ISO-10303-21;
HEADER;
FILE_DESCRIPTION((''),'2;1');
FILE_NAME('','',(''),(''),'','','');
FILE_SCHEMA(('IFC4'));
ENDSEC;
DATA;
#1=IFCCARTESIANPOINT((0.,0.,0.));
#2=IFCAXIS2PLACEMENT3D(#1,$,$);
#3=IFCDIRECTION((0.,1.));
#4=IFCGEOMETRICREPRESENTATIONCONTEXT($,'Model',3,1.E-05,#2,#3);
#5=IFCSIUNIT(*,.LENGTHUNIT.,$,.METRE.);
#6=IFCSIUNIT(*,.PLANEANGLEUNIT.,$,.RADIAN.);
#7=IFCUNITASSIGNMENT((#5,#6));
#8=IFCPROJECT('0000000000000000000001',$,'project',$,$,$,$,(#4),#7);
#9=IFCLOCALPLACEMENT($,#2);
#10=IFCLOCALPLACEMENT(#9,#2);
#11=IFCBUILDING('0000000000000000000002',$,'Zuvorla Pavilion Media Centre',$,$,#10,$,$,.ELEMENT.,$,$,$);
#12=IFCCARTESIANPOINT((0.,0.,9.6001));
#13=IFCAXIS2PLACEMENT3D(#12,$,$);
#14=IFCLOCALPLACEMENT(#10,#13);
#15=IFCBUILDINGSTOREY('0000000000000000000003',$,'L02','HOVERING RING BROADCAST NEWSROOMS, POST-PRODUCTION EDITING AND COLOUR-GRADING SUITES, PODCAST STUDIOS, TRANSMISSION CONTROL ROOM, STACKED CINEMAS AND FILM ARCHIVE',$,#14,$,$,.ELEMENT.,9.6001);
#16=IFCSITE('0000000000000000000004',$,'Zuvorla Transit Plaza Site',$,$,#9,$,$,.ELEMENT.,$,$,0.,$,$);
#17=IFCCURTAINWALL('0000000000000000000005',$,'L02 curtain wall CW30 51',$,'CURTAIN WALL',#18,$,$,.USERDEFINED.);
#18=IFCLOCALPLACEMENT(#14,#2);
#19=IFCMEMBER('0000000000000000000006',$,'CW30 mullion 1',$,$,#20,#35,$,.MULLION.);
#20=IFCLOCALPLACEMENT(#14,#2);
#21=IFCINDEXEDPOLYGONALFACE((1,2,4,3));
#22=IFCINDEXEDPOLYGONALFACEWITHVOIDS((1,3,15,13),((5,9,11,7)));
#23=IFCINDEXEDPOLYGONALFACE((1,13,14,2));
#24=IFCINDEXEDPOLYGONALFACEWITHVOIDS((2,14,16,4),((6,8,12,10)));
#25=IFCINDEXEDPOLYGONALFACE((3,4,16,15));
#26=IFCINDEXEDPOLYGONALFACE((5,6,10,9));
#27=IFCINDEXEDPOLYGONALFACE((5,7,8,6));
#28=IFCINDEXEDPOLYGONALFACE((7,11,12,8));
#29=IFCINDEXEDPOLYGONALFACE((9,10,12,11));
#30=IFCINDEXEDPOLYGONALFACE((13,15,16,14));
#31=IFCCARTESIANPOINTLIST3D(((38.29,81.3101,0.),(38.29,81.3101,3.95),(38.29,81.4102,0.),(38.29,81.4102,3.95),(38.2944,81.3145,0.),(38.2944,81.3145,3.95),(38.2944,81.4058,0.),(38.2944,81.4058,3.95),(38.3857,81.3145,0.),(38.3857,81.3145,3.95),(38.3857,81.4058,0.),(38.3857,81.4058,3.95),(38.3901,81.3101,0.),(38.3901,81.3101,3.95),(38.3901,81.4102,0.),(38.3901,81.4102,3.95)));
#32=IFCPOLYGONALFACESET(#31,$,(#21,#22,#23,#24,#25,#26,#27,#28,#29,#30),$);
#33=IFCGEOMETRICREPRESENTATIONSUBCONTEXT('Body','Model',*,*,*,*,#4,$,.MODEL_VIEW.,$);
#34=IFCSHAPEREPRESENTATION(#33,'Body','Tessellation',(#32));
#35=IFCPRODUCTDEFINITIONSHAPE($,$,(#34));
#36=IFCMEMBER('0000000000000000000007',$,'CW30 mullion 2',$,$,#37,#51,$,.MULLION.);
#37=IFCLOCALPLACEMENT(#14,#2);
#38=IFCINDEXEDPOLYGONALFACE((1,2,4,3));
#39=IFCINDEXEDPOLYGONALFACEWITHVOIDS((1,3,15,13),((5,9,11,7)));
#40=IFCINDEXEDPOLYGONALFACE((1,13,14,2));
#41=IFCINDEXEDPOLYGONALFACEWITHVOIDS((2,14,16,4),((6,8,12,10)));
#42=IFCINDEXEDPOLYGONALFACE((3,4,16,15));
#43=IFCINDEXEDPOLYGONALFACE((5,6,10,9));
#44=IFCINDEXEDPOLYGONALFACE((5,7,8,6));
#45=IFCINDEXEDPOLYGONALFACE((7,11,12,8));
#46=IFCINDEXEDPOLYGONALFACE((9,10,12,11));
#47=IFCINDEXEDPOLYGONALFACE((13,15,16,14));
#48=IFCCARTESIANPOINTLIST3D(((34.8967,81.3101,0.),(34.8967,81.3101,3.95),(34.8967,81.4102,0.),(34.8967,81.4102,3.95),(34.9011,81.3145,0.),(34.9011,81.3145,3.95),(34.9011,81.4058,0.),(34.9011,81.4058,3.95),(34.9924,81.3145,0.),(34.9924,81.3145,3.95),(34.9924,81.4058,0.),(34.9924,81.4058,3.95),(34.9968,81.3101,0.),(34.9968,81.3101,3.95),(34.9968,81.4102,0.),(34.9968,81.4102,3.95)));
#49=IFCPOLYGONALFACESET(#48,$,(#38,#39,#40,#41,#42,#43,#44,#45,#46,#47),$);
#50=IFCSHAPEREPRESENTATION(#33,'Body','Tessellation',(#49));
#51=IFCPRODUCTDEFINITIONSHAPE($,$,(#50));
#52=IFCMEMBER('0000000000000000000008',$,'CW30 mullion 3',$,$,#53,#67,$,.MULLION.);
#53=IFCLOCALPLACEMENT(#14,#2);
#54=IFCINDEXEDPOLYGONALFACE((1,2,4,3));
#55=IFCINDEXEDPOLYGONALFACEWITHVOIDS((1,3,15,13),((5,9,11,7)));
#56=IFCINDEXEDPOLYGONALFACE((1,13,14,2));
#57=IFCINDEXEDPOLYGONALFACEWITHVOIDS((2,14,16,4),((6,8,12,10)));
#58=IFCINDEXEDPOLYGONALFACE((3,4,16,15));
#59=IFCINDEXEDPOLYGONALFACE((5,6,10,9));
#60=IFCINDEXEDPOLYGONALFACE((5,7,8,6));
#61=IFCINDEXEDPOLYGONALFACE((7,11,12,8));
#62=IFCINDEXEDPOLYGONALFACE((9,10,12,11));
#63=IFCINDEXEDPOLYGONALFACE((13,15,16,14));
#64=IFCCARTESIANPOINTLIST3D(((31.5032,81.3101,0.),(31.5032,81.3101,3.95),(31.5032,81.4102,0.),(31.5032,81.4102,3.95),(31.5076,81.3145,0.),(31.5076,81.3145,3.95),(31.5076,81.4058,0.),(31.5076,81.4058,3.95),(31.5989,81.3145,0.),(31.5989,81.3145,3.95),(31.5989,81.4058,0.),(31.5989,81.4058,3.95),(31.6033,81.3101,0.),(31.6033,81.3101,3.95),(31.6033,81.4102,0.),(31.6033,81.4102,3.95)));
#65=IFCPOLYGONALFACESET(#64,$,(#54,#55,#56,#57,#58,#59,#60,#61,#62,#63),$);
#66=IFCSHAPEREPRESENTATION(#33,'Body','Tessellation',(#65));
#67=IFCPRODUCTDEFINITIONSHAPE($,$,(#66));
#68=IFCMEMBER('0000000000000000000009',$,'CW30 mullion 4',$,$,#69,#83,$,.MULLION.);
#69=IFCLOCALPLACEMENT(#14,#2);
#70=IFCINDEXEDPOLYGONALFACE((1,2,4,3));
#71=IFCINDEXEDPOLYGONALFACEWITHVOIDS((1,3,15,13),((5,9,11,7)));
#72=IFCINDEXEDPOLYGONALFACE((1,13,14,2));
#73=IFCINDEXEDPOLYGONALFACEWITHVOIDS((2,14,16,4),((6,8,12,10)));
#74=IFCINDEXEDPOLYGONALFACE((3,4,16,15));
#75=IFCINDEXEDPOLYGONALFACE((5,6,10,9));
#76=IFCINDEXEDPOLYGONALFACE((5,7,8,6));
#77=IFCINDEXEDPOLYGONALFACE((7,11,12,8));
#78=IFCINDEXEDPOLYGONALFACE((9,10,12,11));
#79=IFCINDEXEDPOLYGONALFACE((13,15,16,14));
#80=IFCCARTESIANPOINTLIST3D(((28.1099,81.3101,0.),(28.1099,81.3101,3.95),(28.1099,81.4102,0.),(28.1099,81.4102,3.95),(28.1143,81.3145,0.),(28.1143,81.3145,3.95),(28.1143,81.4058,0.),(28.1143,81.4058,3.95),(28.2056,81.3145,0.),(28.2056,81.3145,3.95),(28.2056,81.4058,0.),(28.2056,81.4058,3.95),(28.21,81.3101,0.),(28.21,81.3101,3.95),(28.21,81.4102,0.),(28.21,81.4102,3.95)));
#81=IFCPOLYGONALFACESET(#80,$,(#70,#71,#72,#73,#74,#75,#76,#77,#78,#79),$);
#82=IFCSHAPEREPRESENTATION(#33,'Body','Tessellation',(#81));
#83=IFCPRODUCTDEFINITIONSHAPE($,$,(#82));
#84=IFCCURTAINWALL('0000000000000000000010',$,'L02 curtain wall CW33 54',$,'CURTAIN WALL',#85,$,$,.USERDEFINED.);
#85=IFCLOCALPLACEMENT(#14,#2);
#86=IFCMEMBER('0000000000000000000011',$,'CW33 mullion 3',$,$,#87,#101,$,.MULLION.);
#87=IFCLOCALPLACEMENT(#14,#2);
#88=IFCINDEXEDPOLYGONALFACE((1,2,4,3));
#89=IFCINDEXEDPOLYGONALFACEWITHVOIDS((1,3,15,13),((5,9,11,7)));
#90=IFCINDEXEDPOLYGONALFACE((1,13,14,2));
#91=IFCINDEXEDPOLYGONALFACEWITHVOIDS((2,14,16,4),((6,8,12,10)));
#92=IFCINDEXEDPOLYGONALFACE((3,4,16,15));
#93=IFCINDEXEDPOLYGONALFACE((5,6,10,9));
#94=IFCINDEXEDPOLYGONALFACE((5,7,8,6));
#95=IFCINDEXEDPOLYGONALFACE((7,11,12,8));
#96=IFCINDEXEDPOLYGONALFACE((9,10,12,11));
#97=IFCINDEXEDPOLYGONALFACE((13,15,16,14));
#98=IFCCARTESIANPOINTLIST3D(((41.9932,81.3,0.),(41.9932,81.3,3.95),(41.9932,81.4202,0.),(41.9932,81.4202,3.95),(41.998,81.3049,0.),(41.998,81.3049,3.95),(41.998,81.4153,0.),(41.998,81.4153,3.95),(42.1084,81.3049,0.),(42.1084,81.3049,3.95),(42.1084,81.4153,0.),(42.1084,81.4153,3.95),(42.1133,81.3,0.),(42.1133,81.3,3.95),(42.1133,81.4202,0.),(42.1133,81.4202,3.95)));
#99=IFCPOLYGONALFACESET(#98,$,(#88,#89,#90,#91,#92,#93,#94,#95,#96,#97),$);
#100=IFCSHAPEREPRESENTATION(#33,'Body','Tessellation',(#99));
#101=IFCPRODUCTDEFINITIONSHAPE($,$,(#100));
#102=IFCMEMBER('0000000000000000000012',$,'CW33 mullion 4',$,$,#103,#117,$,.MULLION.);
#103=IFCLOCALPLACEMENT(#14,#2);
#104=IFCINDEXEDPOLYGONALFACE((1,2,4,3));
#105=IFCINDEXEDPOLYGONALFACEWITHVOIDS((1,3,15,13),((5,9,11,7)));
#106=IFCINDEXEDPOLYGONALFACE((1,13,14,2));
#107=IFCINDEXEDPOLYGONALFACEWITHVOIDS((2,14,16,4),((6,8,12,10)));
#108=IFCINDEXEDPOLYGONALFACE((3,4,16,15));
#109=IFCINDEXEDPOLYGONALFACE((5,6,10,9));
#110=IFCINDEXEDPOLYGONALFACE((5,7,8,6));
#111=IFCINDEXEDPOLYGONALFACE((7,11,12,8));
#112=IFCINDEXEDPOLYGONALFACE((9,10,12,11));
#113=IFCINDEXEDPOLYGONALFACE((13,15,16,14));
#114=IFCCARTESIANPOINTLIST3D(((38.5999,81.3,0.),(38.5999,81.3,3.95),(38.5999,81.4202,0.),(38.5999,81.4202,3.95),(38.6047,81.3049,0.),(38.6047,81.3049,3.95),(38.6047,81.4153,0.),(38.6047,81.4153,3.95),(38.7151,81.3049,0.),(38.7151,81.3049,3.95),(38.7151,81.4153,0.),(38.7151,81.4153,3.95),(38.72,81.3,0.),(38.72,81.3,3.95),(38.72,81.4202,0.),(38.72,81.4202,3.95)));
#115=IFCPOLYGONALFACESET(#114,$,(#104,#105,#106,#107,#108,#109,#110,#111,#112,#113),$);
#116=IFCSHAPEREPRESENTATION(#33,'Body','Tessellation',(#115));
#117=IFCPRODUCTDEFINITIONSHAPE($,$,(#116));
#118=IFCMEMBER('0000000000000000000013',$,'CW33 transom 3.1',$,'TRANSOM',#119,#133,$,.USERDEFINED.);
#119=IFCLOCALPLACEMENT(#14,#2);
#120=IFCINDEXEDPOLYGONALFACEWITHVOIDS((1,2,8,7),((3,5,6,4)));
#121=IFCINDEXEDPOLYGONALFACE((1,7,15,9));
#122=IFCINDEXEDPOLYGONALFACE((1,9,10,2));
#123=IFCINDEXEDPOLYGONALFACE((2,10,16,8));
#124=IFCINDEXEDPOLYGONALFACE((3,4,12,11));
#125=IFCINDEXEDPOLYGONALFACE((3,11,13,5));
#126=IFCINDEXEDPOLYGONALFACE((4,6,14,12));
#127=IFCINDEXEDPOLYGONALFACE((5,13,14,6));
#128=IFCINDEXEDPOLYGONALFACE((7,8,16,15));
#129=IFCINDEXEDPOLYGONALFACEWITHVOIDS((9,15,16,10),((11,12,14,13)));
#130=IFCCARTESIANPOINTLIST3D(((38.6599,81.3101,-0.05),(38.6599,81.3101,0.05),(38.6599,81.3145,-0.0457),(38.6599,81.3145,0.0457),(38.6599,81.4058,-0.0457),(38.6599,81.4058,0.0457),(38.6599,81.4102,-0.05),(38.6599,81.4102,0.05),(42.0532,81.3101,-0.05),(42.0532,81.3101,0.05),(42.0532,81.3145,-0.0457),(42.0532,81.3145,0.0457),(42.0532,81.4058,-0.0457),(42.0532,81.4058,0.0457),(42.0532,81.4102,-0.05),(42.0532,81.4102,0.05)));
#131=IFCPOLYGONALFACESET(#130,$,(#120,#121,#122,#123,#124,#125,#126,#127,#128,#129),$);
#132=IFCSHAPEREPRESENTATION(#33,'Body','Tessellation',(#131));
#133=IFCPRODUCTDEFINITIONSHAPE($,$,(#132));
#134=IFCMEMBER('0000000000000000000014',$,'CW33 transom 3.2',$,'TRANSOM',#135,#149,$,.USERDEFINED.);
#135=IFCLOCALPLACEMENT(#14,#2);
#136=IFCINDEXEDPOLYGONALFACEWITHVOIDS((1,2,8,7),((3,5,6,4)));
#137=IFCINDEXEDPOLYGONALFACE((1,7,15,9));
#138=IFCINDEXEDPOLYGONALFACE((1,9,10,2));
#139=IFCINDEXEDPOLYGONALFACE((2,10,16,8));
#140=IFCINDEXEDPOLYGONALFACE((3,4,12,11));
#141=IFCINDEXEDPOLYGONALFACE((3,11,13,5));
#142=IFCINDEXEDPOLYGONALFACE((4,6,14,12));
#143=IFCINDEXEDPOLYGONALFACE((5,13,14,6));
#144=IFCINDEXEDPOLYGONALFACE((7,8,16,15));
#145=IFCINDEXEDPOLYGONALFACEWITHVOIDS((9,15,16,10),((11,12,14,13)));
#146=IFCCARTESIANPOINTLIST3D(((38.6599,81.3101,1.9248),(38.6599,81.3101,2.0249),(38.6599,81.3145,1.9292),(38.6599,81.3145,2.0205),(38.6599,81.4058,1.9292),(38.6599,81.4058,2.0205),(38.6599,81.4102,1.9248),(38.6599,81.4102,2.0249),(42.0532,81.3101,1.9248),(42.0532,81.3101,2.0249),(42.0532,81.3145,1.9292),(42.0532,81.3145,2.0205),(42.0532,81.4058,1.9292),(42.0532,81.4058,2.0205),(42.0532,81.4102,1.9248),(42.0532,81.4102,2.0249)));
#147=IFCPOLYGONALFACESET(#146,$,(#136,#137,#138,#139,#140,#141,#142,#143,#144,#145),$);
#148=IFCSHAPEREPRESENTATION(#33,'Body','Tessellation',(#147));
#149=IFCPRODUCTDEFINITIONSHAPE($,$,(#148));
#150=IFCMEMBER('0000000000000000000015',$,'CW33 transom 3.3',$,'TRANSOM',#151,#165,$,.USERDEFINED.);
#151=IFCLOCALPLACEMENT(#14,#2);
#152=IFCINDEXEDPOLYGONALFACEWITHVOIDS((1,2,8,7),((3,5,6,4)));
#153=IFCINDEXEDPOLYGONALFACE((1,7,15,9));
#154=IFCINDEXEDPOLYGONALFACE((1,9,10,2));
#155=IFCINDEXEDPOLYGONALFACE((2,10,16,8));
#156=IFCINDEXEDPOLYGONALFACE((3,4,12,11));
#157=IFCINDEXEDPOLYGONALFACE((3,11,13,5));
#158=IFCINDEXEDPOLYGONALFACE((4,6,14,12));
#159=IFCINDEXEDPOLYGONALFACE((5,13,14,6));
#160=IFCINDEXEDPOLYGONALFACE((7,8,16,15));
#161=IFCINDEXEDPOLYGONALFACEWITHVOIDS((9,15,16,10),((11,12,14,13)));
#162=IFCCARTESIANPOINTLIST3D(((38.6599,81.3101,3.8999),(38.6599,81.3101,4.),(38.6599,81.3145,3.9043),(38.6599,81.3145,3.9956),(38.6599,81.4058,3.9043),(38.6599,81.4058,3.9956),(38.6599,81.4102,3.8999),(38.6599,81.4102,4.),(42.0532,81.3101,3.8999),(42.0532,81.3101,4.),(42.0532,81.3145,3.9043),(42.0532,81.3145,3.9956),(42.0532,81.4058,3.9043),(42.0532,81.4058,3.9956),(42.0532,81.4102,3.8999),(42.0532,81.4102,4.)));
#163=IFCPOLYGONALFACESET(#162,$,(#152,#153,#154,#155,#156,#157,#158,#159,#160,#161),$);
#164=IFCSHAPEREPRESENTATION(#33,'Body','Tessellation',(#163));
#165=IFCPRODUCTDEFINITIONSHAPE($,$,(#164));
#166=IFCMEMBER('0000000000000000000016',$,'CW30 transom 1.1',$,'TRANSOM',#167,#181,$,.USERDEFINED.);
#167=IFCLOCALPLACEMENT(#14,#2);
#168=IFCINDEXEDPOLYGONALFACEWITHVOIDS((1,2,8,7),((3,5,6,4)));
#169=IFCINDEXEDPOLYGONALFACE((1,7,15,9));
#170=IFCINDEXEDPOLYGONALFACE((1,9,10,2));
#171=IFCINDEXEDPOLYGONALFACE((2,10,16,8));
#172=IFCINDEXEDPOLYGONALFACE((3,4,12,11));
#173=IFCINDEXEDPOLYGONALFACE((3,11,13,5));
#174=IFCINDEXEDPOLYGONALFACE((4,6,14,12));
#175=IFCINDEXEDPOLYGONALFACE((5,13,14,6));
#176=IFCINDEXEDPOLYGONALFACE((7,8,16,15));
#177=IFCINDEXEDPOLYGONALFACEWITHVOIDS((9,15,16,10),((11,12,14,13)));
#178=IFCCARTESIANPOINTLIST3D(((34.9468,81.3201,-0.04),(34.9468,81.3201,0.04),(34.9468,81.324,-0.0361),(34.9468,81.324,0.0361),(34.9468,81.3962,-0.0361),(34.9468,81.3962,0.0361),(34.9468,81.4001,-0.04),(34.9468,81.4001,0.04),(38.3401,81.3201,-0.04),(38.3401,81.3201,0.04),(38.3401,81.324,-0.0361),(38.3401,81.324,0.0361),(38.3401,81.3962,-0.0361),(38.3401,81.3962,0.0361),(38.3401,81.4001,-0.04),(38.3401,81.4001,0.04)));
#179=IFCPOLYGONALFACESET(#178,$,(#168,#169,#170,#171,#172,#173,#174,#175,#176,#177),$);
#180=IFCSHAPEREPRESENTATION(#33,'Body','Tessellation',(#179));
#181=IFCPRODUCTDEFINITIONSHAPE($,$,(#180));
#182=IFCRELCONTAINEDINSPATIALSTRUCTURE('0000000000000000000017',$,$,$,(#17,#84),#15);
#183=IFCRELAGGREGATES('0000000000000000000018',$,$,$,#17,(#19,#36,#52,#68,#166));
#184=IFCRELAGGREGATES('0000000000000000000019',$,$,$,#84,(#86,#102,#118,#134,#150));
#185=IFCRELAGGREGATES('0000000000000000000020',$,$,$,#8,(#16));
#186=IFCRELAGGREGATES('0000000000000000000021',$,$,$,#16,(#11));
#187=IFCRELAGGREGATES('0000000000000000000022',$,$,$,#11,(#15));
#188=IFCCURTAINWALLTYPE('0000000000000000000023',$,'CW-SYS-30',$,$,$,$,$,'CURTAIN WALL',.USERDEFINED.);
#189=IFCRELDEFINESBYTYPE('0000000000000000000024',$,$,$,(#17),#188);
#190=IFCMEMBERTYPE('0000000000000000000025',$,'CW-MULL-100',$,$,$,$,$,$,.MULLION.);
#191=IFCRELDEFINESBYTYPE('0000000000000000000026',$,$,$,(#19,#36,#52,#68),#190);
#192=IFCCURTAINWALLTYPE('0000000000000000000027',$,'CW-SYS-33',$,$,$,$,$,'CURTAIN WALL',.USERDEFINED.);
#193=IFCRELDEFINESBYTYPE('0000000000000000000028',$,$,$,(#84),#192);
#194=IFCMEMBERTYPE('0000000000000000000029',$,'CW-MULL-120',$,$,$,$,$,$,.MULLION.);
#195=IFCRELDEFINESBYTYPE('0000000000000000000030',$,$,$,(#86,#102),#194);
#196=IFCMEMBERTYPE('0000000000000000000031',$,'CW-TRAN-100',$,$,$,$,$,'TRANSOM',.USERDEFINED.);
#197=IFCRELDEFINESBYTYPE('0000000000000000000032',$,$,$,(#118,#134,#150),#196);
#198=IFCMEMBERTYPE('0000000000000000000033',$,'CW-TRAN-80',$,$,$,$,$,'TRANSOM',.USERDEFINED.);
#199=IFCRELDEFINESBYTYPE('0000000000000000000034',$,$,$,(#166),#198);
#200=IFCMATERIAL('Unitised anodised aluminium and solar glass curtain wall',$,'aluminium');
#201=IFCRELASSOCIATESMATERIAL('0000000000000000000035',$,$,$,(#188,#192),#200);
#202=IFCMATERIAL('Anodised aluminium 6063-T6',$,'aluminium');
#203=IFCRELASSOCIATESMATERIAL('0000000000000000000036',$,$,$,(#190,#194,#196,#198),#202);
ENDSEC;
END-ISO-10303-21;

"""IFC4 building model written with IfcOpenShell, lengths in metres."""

from ifc_helpers import new_model, si_unit, direction, frame, origin, origin_2d, place, context, subcontext, project, spatial, hollow_rectangle, extrude, material, material_profile, profile_set, type_object, element, aggregate, save


model = new_model("IFC4")

# Units and contexts
model_context = context("Model", 3, precision=1e-05, world=origin(), true_north=direction((0.0, 1.0)))
body_context = subcontext(model_context, "Body", "Model", "MODEL_VIEW")
ifc_project = project(units=[si_unit("LENGTHUNIT", "METRE"), si_unit("PLANEANGLEUNIT", "RADIAN")], contexts=[model_context])

# Site, building, storey
site_placement = place(None, origin())
site = spatial("IfcSite", under=ifc_project, at=site_placement, Name="Zuvorla Transit Plaza Site", CompositionType="ELEMENT", RefElevation=0.0)
building_placement = place(site_placement, origin())
building = spatial("IfcBuilding", under=site, at=building_placement, Name="Zuvorla Pavilion Media Centre", CompositionType="ELEMENT")
storey_placement = place(building_placement, frame((0.0, 0.0, 9.6001)))
storey = spatial("IfcBuildingStorey", under=building, at=storey_placement, Name="L02", Description="HOVERING RING BROADCAST NEWSROOMS, POST-PRODUCTION EDITING AND COLOUR-GRADING SUITES, PODCAST STUDIOS, TRANSMISSION CONTROL ROOM, STACKED CINEMAS AND FILM ARCHIVE", CompositionType="ELEMENT", Elevation=9.6001)

# Curtain walls, members
ifc_material_1 = material(Name="Unitised anodised aluminium and solar glass curtain wall", Category="aluminium")
curtain_wall_type_1 = type_object("IfcCurtainWallType", Name="CW-SYS-30", ElementType="CURTAIN WALL", PredefinedType="USERDEFINED", material=ifc_material_1)
curtain_wall_1_placement = place(storey_placement, origin())
curtain_wall_1 = element("IfcCurtainWall", 1, at=curtain_wall_1_placement, inside=storey, type_object=curtain_wall_type_1, Name="L02 curtain wall CW30 51", ObjectType="CURTAIN WALL", PredefinedType="USERDEFINED")
ifc_material_2 = material(Name="Anodised aluminium 6063-T6", Category="aluminium")
ifc_material_profile_1 = material_profile(ifc_material_2, hollow_rectangle(XDim=0.1001, YDim=0.1001, WallThickness=0.0044, at=origin_2d()), Name="ALU MULL 100x100")
ifc_profile_set_1 = profile_set([ifc_material_profile_1], Name="Anodised aluminium 6063-T6")
member_type_1 = type_object("IfcMemberType", Name="CW-MULL-100", PredefinedType="MULLION", material=ifc_profile_set_1)
member_1_placement = place(storey_placement, frame((38.3401, 81.3601, 0.0), z_axis=(0.0, 0.0, 1.0), x_axis=(1.0, 0.0, 0.0)))
member_1 = element("IfcMember", 2, at=member_1_placement, type_object=member_type_1, Name="CW30 mullion 1", PredefinedType="MULLION", context=body_context, shape_type="SweptSolid", body=[
    extrude(hollow_rectangle(XDim=0.1001, YDim=0.1001, WallThickness=0.0044, at=origin_2d()), origin(), (0.0, 0.0, 1.0), 3.95),
])
member_2_placement = place(storey_placement, frame((34.9468, 81.3601, 0.0), z_axis=(0.0, 0.0, 1.0), x_axis=(1.0, 0.0, 0.0)))
member_2 = element("IfcMember", 3, at=member_2_placement, type_object=member_type_1, Name="CW30 mullion 2", PredefinedType="MULLION", context=body_context, shape_type="SweptSolid", body=[
    extrude(hollow_rectangle(XDim=0.1001, YDim=0.1001, WallThickness=0.0044, at=origin_2d()), origin(), (0.0, 0.0, 1.0), 3.95),
])
member_3_placement = place(storey_placement, frame((31.5532, 81.3601, 0.0), z_axis=(0.0, 0.0, 1.0), x_axis=(1.0, 0.0, 0.0)))
member_3 = element("IfcMember", 4, at=member_3_placement, type_object=member_type_1, Name="CW30 mullion 3", PredefinedType="MULLION", context=body_context, shape_type="SweptSolid", body=[
    extrude(hollow_rectangle(XDim=0.1001, YDim=0.1001, WallThickness=0.0044, at=origin_2d()), origin(), (0.0, 0.0, 1.0), 3.95),
])
member_4_placement = place(storey_placement, frame((28.1599, 81.3601, 0.0), z_axis=(0.0, 0.0, 1.0), x_axis=(1.0, 0.0, 0.0)))
member_4 = element("IfcMember", 5, at=member_4_placement, type_object=member_type_1, Name="CW30 mullion 4", PredefinedType="MULLION", context=body_context, shape_type="SweptSolid", body=[
    extrude(hollow_rectangle(XDim=0.1001, YDim=0.1001, WallThickness=0.0044, at=origin_2d()), origin(), (0.0, 0.0, 1.0), 3.95),
])
curtain_wall_type_2 = type_object("IfcCurtainWallType", Name="CW-SYS-33", ElementType="CURTAIN WALL", PredefinedType="USERDEFINED", material=ifc_material_1)
curtain_wall_2_placement = place(storey_placement, origin())
curtain_wall_2 = element("IfcCurtainWall", 6, at=curtain_wall_2_placement, inside=storey, type_object=curtain_wall_type_2, Name="L02 curtain wall CW33 54", ObjectType="CURTAIN WALL", PredefinedType="USERDEFINED")
ifc_material_profile_2 = material_profile(ifc_material_2, hollow_rectangle(XDim=0.1201, YDim=0.1201, WallThickness=0.0049, at=origin_2d()), Name="ALU MULL 120x120")
ifc_profile_set_2 = profile_set([ifc_material_profile_2], Name="Anodised aluminium 6063-T6")
member_type_2 = type_object("IfcMemberType", Name="CW-MULL-120", PredefinedType="MULLION", material=ifc_profile_set_2)
member_5_placement = place(storey_placement, frame((42.0532, 81.3601, 0.0), z_axis=(0.0, 0.0, 1.0), x_axis=(1.0, 0.0, 0.0)))
member_5 = element("IfcMember", 7, at=member_5_placement, type_object=member_type_2, Name="CW33 mullion 3", PredefinedType="MULLION", context=body_context, shape_type="SweptSolid", body=[
    extrude(hollow_rectangle(XDim=0.1201, YDim=0.1201, WallThickness=0.0049, at=origin_2d()), origin(), (0.0, 0.0, 1.0), 3.95),
])
member_6_placement = place(storey_placement, frame((38.6599, 81.3601, 0.0), z_axis=(0.0, 0.0, 1.0), x_axis=(1.0, 0.0, 0.0)))
member_6 = element("IfcMember", 8, at=member_6_placement, type_object=member_type_2, Name="CW33 mullion 4", PredefinedType="MULLION", context=body_context, shape_type="SweptSolid", body=[
    extrude(hollow_rectangle(XDim=0.1201, YDim=0.1201, WallThickness=0.0049, at=origin_2d()), origin(), (0.0, 0.0, 1.0), 3.95),
])
ifc_material_profile_3 = material_profile(ifc_material_2, hollow_rectangle(XDim=0.1001, YDim=0.1001, WallThickness=0.0044, at=origin_2d()), Name="ALU TRAN 100x100")
ifc_profile_set_3 = profile_set([ifc_material_profile_3], Name="Anodised aluminium 6063-T6")
member_type_3 = type_object("IfcMemberType", Name="CW-TRAN-100", ElementType="TRANSOM", PredefinedType="USERDEFINED", material=ifc_profile_set_3)
member_7_placement = place(storey_placement, frame((42.0532, 81.3601, 0.0), z_axis=(-1.0, 0.0, 0.0), x_axis=(0.0, -1.0, 0.0)))
member_7 = element("IfcMember", 9, at=member_7_placement, type_object=member_type_3, Name="CW33 transom 3.1", ObjectType="TRANSOM", PredefinedType="USERDEFINED", context=body_context, shape_type="SweptSolid", body=[
    extrude(hollow_rectangle(XDim=0.1001, YDim=0.1001, WallThickness=0.0044, at=origin_2d()), origin(), (0.0, 0.0, 1.0), 3.3933),
])
member_8_placement = place(storey_placement, frame((42.0532, 81.3601, 1.9749), z_axis=(-1.0, 0.0, 0.0), x_axis=(0.0, -1.0, 0.0)))
member_8 = element("IfcMember", 10, at=member_8_placement, type_object=member_type_3, Name="CW33 transom 3.2", ObjectType="TRANSOM", PredefinedType="USERDEFINED", context=body_context, shape_type="SweptSolid", body=[
    extrude(hollow_rectangle(XDim=0.1001, YDim=0.1001, WallThickness=0.0044, at=origin_2d()), origin(), (0.0, 0.0, 1.0), 3.3933),
])
member_9_placement = place(storey_placement, frame((42.0532, 81.3601, 3.95), z_axis=(-1.0, 0.0, 0.0), x_axis=(0.0, -1.0, 0.0)))
member_9 = element("IfcMember", 11, at=member_9_placement, type_object=member_type_3, Name="CW33 transom 3.3", ObjectType="TRANSOM", PredefinedType="USERDEFINED", context=body_context, shape_type="SweptSolid", body=[
    extrude(hollow_rectangle(XDim=0.1001, YDim=0.1001, WallThickness=0.0044, at=origin_2d()), origin(), (0.0, 0.0, 1.0), 3.3933),
])

# Member
ifc_material_profile_4 = material_profile(ifc_material_2, hollow_rectangle(XDim=0.0801, YDim=0.0801, WallThickness=0.0039, at=origin_2d()), Name="ALU TRAN 80x80")
ifc_profile_set_4 = profile_set([ifc_material_profile_4], Name="Anodised aluminium 6063-T6")
member_type_4 = type_object("IfcMemberType", Name="CW-TRAN-80", ElementType="TRANSOM", PredefinedType="USERDEFINED", material=ifc_profile_set_4)
member_10_placement = place(storey_placement, frame((38.3401, 81.3601, 0.0), z_axis=(-1.0, 0.0, 0.0), x_axis=(0.0, -1.0, 0.0)))
member_10 = element("IfcMember", 12, at=member_10_placement, type_object=member_type_4, Name="CW30 transom 1.1", ObjectType="TRANSOM", PredefinedType="USERDEFINED", context=body_context, shape_type="SweptSolid", body=[
    extrude(hollow_rectangle(XDim=0.0801, YDim=0.0801, WallThickness=0.0039, at=origin_2d()), origin(), (0.0, 0.0, 1.0), 3.3933),
])

aggregate(curtain_wall_1, [member_1, member_2, member_3, member_4, member_10])
aggregate(curtain_wall_2, [member_5, member_6, member_7, member_8, member_9])

save(model, "model.ifc")
